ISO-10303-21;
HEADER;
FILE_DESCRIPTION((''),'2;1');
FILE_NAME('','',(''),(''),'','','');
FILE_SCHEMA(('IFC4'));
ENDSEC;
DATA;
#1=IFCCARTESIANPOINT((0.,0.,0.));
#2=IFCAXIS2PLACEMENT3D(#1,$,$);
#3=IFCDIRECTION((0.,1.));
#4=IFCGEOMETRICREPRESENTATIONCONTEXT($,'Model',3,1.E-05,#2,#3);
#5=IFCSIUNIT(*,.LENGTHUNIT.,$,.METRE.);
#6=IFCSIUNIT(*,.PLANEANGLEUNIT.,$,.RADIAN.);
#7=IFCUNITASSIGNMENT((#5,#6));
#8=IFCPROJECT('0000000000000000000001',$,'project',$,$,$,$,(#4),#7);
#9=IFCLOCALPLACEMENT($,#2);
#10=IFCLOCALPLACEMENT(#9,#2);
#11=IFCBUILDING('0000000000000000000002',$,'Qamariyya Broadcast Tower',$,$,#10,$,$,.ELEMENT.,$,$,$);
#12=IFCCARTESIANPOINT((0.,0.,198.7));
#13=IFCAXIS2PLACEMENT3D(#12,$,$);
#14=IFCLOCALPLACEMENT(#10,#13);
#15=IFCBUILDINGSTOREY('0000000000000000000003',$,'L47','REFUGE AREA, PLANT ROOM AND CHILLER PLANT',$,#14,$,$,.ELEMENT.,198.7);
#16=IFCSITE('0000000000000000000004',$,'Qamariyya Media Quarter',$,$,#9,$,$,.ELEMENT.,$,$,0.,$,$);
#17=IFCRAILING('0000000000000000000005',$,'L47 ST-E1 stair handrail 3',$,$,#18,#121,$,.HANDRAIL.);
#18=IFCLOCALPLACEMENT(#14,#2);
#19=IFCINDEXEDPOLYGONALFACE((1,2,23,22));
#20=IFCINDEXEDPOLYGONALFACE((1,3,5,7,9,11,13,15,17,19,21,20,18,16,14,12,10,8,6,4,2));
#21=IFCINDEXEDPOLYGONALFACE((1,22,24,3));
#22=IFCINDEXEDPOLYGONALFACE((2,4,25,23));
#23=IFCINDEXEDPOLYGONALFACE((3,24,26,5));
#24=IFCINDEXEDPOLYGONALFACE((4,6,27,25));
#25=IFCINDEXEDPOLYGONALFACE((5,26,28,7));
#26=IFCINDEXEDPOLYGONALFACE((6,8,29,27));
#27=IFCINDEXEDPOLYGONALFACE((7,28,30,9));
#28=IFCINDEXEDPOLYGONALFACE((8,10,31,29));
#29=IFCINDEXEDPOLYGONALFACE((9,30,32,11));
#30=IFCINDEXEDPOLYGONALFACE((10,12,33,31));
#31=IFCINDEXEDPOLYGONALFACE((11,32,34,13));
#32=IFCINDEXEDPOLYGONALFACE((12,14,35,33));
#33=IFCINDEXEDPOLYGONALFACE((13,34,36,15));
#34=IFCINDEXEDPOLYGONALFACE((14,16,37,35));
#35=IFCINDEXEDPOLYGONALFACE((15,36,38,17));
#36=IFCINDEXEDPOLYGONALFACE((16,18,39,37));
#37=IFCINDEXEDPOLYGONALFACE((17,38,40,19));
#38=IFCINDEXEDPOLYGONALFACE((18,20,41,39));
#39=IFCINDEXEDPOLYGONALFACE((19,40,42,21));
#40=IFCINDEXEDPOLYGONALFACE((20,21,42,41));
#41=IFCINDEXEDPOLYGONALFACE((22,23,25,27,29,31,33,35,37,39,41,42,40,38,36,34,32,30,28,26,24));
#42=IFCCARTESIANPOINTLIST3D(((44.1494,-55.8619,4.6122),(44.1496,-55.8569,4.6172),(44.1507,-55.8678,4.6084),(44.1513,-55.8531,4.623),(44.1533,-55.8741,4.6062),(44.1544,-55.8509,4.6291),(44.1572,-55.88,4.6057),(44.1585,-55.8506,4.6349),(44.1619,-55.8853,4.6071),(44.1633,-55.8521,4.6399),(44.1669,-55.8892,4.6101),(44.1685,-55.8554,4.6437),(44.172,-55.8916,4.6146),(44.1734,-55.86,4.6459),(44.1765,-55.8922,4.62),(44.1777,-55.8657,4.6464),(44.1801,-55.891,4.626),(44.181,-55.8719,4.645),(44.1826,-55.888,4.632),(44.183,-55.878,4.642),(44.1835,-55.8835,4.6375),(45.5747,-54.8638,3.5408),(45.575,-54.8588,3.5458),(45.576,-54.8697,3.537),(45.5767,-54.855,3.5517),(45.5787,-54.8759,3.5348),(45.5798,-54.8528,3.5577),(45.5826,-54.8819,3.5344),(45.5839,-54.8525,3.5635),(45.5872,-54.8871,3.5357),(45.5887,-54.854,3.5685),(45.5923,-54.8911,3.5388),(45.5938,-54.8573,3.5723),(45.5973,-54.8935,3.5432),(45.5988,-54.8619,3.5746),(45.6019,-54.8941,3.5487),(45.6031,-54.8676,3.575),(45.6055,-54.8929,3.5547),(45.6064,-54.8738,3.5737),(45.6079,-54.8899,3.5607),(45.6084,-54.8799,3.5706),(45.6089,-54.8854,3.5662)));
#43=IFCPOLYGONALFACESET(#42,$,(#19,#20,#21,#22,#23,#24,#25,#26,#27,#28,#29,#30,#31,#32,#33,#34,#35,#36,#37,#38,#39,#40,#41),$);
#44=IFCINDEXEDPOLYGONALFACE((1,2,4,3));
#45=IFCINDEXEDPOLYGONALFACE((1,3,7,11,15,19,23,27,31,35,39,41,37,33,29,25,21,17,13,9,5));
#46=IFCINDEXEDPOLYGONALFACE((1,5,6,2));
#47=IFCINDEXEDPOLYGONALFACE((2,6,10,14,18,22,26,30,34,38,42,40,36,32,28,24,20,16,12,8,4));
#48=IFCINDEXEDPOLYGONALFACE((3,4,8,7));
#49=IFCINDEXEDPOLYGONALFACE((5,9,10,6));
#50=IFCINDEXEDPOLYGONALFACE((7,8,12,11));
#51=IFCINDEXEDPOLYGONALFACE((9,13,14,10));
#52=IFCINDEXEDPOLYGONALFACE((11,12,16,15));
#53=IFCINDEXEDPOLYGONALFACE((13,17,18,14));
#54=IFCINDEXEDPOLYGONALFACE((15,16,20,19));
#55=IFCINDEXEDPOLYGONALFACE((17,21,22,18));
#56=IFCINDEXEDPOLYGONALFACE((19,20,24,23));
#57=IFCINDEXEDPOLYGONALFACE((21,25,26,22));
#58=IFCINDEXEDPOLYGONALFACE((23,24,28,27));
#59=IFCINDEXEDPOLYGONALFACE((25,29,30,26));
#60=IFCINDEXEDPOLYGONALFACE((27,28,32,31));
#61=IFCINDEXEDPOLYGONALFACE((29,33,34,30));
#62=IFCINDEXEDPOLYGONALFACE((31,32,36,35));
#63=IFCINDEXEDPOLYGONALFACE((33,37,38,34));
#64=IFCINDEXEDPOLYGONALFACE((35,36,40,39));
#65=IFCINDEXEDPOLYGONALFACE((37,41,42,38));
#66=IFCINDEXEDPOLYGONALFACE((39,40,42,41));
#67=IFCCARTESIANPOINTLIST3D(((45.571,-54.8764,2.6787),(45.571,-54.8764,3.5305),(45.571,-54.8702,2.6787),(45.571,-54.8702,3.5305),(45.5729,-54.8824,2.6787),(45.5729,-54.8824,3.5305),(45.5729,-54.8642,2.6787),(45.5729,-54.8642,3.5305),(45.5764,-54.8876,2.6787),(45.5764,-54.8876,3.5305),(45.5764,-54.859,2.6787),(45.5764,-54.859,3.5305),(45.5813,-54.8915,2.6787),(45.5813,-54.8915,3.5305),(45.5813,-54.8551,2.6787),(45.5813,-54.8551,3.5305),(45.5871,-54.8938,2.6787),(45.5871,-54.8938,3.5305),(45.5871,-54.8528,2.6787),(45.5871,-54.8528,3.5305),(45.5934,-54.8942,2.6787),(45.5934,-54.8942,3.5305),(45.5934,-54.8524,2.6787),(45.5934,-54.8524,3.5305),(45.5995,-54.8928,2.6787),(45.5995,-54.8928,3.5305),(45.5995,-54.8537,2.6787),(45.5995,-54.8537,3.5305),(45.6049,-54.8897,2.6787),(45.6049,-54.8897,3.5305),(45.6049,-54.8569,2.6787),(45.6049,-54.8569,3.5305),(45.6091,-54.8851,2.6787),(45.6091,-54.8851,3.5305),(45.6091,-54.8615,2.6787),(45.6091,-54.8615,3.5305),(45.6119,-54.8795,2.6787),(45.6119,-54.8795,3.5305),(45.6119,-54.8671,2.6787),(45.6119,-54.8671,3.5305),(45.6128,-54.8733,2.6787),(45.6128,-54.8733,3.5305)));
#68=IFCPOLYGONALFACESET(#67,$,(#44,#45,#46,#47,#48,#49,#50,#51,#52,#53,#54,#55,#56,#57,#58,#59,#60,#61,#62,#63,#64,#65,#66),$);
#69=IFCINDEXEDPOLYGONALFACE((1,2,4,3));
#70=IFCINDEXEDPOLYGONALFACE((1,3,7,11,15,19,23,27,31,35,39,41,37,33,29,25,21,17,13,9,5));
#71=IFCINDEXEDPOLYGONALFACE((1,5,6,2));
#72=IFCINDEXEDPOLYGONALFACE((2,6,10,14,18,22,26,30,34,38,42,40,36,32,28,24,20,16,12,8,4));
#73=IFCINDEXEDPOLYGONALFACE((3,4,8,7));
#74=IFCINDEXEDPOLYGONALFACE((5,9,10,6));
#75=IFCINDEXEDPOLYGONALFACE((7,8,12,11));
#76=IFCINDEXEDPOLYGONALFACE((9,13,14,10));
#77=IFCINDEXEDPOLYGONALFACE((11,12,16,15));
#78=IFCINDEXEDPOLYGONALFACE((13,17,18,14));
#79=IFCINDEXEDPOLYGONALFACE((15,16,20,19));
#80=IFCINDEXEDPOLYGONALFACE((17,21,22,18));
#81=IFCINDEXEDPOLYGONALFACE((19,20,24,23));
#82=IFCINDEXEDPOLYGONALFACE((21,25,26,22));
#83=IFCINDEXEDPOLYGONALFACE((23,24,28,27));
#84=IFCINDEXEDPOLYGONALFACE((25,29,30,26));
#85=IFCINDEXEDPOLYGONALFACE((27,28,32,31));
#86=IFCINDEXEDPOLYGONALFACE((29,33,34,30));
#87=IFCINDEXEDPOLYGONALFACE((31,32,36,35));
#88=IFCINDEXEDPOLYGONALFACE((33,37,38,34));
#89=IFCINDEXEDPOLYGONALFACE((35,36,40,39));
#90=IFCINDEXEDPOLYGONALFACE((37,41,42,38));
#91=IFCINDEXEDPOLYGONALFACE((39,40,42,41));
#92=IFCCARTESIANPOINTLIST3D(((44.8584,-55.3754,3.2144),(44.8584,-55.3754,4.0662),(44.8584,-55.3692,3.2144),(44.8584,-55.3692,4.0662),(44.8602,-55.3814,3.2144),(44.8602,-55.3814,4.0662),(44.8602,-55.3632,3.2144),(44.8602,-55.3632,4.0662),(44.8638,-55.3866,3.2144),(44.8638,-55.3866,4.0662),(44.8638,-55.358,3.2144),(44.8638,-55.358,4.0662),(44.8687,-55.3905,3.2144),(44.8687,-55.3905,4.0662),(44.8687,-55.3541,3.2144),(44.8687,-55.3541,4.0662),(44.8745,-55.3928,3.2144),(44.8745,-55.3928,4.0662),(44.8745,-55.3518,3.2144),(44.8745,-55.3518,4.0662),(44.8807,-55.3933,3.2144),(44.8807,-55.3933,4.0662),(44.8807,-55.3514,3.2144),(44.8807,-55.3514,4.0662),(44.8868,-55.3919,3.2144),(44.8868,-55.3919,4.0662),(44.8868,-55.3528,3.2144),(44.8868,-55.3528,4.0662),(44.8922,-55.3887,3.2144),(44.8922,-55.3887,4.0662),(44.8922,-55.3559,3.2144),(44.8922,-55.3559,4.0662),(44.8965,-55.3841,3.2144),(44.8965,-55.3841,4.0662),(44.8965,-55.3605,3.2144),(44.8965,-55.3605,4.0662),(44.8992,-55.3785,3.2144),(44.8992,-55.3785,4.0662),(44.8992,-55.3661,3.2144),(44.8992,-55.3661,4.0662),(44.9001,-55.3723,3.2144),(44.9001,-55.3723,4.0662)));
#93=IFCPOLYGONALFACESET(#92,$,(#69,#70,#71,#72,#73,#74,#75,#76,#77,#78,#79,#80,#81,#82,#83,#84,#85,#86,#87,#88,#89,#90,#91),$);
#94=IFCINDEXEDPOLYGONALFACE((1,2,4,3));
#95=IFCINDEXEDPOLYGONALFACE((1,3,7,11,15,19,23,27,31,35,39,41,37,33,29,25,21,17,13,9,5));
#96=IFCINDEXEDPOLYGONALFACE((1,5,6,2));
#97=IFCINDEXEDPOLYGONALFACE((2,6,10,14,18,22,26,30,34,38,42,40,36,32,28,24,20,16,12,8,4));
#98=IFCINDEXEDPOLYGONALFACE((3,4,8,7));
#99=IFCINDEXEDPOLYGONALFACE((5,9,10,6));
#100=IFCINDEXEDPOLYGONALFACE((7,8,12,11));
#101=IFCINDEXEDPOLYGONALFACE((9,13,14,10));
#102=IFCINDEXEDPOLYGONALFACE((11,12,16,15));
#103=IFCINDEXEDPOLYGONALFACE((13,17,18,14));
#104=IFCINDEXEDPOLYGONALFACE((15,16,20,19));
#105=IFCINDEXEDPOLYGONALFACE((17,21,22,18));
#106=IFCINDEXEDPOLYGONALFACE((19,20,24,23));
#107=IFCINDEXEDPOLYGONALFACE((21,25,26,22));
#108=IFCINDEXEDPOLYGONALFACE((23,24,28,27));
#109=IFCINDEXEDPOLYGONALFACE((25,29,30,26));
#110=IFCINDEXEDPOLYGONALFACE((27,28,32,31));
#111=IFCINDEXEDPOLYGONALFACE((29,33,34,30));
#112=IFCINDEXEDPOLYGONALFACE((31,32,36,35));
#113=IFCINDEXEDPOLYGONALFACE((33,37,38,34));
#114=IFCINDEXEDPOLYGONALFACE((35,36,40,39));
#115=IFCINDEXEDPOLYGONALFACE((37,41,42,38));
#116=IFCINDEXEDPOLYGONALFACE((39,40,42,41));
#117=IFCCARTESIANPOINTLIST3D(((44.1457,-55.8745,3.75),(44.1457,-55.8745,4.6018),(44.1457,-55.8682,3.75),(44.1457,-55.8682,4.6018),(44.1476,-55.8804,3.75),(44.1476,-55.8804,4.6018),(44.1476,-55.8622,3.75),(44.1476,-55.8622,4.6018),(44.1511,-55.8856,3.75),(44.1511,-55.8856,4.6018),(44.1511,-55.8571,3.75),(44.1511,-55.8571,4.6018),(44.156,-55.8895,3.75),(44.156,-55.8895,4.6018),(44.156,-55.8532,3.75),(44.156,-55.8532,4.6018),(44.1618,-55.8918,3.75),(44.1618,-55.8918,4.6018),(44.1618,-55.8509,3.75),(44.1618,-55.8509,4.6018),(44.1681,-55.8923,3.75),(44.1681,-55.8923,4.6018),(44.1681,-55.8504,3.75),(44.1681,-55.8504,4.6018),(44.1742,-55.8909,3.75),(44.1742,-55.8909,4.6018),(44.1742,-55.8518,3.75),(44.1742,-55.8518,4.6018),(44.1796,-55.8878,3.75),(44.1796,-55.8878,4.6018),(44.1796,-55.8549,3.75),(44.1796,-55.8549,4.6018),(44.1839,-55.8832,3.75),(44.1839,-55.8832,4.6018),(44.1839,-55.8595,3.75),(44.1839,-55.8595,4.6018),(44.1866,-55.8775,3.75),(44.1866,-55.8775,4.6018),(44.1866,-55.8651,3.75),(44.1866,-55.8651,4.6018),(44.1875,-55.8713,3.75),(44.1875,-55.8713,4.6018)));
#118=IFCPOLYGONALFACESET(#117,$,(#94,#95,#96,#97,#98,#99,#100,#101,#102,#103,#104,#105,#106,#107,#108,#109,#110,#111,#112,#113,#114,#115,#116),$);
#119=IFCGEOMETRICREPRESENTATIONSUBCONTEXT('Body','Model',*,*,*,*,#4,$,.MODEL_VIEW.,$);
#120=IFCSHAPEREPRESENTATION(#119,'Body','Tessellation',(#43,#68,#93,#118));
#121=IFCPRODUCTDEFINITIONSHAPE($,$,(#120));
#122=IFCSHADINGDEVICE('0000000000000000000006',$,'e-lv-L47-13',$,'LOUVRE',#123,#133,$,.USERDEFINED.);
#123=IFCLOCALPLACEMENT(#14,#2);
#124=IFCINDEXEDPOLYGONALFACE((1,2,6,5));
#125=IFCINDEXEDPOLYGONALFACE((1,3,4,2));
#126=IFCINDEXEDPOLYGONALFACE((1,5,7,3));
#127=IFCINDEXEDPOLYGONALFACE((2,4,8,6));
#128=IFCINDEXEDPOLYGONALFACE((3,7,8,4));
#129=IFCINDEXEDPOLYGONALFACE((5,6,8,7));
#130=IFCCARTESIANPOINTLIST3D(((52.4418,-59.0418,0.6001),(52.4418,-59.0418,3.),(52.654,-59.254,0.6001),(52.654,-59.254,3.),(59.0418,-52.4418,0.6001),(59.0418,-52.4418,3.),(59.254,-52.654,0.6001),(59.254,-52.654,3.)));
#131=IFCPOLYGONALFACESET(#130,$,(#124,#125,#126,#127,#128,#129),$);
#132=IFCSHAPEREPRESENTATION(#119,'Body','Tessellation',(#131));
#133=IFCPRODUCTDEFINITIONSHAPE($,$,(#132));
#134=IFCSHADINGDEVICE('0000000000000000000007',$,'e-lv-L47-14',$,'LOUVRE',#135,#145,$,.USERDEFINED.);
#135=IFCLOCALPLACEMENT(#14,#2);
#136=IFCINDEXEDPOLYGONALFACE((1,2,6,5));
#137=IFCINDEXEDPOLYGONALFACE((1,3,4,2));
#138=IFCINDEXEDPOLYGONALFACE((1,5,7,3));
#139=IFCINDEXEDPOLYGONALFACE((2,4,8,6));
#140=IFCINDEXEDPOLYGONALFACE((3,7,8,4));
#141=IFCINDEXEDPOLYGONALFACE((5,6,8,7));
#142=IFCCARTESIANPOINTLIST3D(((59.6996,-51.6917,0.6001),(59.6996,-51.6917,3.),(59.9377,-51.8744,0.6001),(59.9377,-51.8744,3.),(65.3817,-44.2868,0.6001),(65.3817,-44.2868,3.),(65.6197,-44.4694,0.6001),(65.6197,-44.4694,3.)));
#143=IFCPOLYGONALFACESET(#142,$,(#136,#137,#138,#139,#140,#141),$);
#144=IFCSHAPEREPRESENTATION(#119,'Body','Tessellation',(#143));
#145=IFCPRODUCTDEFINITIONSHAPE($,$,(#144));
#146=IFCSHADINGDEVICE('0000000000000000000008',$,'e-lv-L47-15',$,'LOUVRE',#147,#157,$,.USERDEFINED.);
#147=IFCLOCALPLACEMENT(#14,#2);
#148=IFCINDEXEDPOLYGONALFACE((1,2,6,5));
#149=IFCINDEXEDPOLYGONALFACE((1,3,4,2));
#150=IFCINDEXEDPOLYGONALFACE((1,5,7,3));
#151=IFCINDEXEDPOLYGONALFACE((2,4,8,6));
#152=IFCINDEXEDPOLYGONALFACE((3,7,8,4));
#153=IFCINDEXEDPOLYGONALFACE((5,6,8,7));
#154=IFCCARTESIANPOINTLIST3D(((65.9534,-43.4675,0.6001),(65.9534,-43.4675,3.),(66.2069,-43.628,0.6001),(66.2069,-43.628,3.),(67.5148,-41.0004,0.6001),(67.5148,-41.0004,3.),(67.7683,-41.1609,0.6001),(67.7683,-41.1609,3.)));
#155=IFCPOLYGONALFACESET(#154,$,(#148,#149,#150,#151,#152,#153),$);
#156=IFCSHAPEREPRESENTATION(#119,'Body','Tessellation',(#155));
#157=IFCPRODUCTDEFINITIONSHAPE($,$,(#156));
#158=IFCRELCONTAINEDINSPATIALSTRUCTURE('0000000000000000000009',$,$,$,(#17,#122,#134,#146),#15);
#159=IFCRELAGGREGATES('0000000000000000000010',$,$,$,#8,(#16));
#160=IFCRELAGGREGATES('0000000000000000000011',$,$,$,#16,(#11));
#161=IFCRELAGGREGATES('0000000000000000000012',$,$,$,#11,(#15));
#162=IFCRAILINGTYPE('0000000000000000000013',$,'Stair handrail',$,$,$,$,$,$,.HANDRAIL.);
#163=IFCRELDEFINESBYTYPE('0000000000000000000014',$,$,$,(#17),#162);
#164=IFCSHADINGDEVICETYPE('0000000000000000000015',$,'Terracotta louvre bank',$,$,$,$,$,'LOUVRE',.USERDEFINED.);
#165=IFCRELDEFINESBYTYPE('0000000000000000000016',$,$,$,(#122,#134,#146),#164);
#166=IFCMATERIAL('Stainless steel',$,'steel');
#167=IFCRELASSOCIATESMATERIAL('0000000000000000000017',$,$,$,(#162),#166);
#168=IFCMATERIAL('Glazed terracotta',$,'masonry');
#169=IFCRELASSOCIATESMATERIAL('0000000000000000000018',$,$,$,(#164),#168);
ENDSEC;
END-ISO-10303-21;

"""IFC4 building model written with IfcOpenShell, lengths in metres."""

from ifc_helpers import new_model, si_unit, direction, frame, origin, origin_2d, place, context, subcontext, project, spatial, rectangle, circle, extrude, material, type_object, element, save


model = new_model("IFC4")

# Units and contexts
model_context = context("Model", 3, precision=1e-05, world=origin(), true_north=direction((0.0, 1.0)))
body_context = subcontext(model_context, "Body", "Model", "MODEL_VIEW")
ifc_project = project(units=[si_unit("LENGTHUNIT", "METRE"), si_unit("PLANEANGLEUNIT", "RADIAN")], contexts=[model_context])

# Site, building, storey
site_placement = place(None, origin())
site = spatial("IfcSite", under=ifc_project, at=site_placement, Name="Qamariyya Media Quarter", CompositionType="ELEMENT", RefElevation=0.0)
building_placement = place(site_placement, origin())
building = spatial("IfcBuilding", under=site, at=building_placement, Name="Qamariyya Broadcast Tower", CompositionType="ELEMENT")
storey_placement = place(building_placement, frame((0.0, 0.0, 198.7)))
storey = spatial("IfcBuildingStorey", under=building, at=storey_placement, Name="L47", Description="REFUGE AREA, PLANT ROOM AND CHILLER PLANT", CompositionType="ELEMENT", Elevation=198.7)

# Railing
ifc_material_1 = material(Name="Stainless steel", Category="steel")
railing_type = type_object("IfcRailingType", Name="Stair handrail", PredefinedType="HANDRAIL", material=ifc_material_1)
railing_placement = place(storey_placement, frame((45.5918, -54.8733, 2.6787)))
element("IfcRailing", 1, at=railing_placement, inside=storey, type_object=railing_type, Name="L47 ST-E1 stair handrail 3", PredefinedType="HANDRAIL", context=body_context, shape_type="SweptSolid", body=[
    extrude(circle(Radius=0.0239, at=origin_2d()), frame((0.0, 0.0, 0.876), z_axis=(-0.697533, -0.48844, 0.524285), x_axis=(0.573594, -0.81914, 0.0)), (0.0, 0.0, 1.0), 2.0435),
    extrude(circle(Radius=0.021, at=origin_2d()), origin(), (0.0, 0.0, 1.0), 0.8518),
    extrude(circle(Radius=0.021, at=origin_2d()), frame((-0.7126, -0.499, 0.5356)), (0.0, 0.0, 1.0), 0.8518),
    extrude(circle(Radius=0.021, at=origin_2d()), frame((-1.4253, -0.998, 1.0713)), (0.0, 0.0, 1.0), 0.8518),
])

# Shading devices
ifc_material_2 = material(Name="Glazed terracotta", Category="masonry")
shading_device_type = type_object("IfcShadingDeviceType", Name="Terracotta louvre bank", ElementType="LOUVRE", PredefinedType="USERDEFINED", material=ifc_material_2)
for number, where, z_axis, x_axis, name in (
    (2, (55.8479, -55.8479, 0.6001), (0.0, 0.0, 1.0), (0.707107, 0.707107, 0.0), "e-lv-L47-13"),
    (3, (62.6597, -48.0806, 0.6001), (0.0, 0.0, 1.0), (0.608761, 0.793353, 0.0), "e-lv-L47-14"),
):
    element("IfcShadingDevice", number, at=place(storey_placement, frame(where, z_axis=z_axis, x_axis=x_axis)), inside=storey, type_object=shading_device_type, Name=name, ObjectType="LOUVRE", PredefinedType="USERDEFINED", context=body_context, shape_type="SweptSolid", body=[
        extrude(rectangle(XDim=9.3337, YDim=0.3, at=origin_2d()), origin(), (0.0, 0.0, 1.0), 2.3999),
    ])
shading_device_placement = place(storey_placement, frame((66.8608, -42.3142, 0.6001), z_axis=(0.0, 0.0, 1.0), x_axis=(0.534772, 0.844996, 0.0)))
element("IfcShadingDevice", 4, at=shading_device_placement, inside=storey, type_object=shading_device_type, Name="e-lv-L47-15", ObjectType="LOUVRE", PredefinedType="USERDEFINED", context=body_context, shape_type="SweptSolid", body=[
    extrude(rectangle(XDim=2.9197, YDim=0.3, at=origin_2d()), origin(), (0.0, 0.0, 1.0), 2.3999),
])

save(model, "model.ifc")
